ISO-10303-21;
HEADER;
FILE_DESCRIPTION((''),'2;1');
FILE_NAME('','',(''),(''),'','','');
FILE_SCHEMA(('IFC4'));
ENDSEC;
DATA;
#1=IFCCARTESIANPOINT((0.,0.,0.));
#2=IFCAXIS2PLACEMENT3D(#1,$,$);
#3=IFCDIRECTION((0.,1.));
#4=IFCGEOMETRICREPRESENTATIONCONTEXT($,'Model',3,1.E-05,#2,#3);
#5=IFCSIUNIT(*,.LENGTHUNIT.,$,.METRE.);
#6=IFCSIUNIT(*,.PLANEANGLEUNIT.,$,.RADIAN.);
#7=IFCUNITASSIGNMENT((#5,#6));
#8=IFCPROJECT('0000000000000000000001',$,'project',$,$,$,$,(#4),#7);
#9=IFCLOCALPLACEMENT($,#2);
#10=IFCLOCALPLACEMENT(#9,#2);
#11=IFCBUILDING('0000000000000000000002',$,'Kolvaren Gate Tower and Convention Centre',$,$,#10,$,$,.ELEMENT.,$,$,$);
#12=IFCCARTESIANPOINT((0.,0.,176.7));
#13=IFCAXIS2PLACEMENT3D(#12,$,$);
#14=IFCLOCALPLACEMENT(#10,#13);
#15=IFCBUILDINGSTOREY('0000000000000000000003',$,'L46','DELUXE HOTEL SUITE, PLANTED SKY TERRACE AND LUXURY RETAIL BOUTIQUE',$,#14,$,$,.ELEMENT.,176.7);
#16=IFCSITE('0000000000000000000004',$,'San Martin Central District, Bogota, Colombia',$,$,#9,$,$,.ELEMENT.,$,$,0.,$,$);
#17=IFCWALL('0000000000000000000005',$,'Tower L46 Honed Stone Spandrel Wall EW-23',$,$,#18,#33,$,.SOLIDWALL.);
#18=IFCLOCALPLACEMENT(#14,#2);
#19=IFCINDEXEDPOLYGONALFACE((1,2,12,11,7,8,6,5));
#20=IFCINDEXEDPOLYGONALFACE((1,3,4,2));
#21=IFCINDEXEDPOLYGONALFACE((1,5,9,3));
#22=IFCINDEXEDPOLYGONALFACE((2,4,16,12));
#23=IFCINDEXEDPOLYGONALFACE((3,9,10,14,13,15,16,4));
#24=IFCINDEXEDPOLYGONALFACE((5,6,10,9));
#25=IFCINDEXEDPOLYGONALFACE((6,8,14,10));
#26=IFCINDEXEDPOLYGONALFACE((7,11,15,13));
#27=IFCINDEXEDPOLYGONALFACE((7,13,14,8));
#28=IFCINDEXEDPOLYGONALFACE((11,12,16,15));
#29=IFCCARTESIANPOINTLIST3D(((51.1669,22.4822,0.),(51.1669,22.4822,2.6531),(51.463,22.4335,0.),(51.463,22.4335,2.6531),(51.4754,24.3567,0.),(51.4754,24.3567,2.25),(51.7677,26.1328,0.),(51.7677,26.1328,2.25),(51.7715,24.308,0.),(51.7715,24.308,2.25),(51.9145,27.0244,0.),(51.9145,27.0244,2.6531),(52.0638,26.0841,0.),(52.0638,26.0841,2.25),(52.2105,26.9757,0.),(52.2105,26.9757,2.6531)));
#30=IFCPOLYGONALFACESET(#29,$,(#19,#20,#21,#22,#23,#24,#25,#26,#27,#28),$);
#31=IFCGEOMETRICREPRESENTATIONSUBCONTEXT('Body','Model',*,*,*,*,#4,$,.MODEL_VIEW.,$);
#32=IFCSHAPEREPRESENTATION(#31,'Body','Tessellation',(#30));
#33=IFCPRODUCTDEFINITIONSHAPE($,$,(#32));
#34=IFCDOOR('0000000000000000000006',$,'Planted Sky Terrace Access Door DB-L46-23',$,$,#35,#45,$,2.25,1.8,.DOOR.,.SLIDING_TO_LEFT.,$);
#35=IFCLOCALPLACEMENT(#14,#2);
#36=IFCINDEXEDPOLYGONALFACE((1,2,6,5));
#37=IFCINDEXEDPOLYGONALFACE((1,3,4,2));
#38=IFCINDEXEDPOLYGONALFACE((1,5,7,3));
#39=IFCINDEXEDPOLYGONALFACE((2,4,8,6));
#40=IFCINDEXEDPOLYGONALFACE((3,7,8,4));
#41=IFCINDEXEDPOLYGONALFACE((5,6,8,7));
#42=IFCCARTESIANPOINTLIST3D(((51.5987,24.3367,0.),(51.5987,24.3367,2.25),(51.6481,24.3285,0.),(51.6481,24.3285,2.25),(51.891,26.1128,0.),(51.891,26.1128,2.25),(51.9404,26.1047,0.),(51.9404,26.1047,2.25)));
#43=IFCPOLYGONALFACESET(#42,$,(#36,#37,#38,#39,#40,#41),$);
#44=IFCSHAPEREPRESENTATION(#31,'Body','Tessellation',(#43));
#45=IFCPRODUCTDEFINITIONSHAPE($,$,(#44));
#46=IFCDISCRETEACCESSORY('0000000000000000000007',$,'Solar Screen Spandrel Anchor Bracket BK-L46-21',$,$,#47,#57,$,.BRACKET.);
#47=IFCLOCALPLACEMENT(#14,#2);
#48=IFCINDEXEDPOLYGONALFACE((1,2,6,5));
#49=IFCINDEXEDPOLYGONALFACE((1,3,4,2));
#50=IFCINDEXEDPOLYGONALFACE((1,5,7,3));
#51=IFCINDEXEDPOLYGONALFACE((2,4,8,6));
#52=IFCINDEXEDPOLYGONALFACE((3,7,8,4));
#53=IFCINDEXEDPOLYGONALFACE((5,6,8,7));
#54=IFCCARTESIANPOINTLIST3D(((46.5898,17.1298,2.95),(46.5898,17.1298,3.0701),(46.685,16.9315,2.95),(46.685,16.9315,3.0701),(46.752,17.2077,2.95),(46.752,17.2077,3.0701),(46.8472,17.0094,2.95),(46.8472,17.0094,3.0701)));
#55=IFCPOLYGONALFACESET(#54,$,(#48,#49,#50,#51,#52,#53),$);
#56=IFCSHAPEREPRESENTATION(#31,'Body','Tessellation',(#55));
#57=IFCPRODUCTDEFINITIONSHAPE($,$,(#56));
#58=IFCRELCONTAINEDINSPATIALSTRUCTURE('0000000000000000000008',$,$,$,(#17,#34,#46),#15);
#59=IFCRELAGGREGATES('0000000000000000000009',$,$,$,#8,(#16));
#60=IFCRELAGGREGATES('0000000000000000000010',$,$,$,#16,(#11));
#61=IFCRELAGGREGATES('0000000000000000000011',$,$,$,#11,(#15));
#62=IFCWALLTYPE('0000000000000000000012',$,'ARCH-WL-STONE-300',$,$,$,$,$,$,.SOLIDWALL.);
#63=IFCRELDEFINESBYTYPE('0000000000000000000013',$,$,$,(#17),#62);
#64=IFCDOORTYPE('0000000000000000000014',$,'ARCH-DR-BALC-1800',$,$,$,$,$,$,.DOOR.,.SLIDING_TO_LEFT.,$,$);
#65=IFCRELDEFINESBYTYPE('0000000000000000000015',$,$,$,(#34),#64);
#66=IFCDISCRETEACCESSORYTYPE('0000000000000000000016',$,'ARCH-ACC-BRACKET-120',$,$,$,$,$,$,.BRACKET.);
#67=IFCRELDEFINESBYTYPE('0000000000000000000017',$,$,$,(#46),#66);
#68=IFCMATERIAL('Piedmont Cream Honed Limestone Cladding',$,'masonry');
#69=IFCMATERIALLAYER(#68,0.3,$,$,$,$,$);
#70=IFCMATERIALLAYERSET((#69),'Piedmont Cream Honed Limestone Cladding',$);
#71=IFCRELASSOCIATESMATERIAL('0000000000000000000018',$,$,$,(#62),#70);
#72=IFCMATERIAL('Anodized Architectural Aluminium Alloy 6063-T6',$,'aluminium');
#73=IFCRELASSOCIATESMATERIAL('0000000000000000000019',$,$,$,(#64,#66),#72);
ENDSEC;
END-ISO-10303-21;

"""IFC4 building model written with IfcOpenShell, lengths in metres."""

from ifc_helpers import new_model, si_unit, direction, frame, frame_2d, origin, origin_2d, place, context, subcontext, project, spatial, rectangle, extrude, material, layer, layer_set, type_object, element, fill, save


model = new_model("IFC4")

# Units and contexts
model_context = context("Model", 3, precision=1e-05, world=origin(), true_north=direction((0.0, 1.0)))
body_context = subcontext(model_context, "Body", "Model", "MODEL_VIEW")
ifc_project = project(units=[si_unit("LENGTHUNIT", "METRE"), si_unit("PLANEANGLEUNIT", "RADIAN")], contexts=[model_context])

# Site, building, storey
site_placement = place(None, origin())
site = spatial("IfcSite", under=ifc_project, at=site_placement, Name="San Martin Central District, Bogota, Colombia", CompositionType="ELEMENT", RefElevation=0.0)
building_placement = place(site_placement, origin())
building = spatial("IfcBuilding", under=site, at=building_placement, Name="Kolvaren Gate Tower and Convention Centre", CompositionType="ELEMENT")
storey_placement = place(building_placement, frame((0.0, 0.0, 176.7)))
storey = spatial("IfcBuildingStorey", under=building, at=storey_placement, Name="L46", Description="DELUXE HOTEL SUITE, PLANTED SKY TERRACE AND LUXURY RETAIL BOUTIQUE", CompositionType="ELEMENT", Elevation=176.7)

# Shared definitions
ifc_material_1 = material(Name="Anodized Architectural Aluminium Alloy 6063-T6", Category="aluminium")

# Shared definitions
ifc_material_2 = material(Name="Piedmont Cream Honed Limestone Cladding", Category="masonry")

# Shared definitions
ifc_layer_1 = layer(ifc_material_2, 0.3)
ifc_layer_set_1 = layer_set([ifc_layer_1], Name="Piedmont Cream Honed Limestone Cladding")
wall_type_1 = type_object("IfcWallType", Name="ARCH-WL-STONE-300", PredefinedType="SOLIDWALL", material=ifc_layer_set_1)

# Wall, opening, door
wall_1_placement = place(storey_placement, frame((51.3149, 22.4578, 0.0), z_axis=(0.0, 0.0, 1.0), x_axis=(0.162395, 0.986726, 0.0)))
wall_1 = element("IfcWall", 1, at=wall_1_placement, inside=storey, type_object=wall_type_1, Name="Tower L46 Honed Stone Spandrel Wall EW-23", PredefinedType="SOLIDWALL", context=body_context, shape_type="SweptSolid", body=[
    extrude(rectangle(XDim=4.6033, YDim=0.3, at=frame_2d((2.3018, 0.0))), origin(), (0.0, 0.0, 1.0), 2.6531),
])
opening_1_placement = place(wall_1_placement, frame((1.8999, 0.0, 0.0)))
opening_1 = element("IfcOpeningElement", 2, at=opening_1_placement, cuts=wall_1, PredefinedType="OPENING", context=body_context, shape_type="SweptSolid", body=[
    extrude(rectangle(XDim=1.8, YDim=2.25, at=frame_2d((0.8999, 1.125))), frame((0.0, 0.1599, 0.0), z_axis=(0.0, -1.0, 0.0), x_axis=(1.0, 0.0, 0.0)), (0.0, 0.0, 1.0), 0.3201),
])
door_type = type_object("IfcDoorType", Name="ARCH-DR-BALC-1800", OperationType="SLIDING_TO_LEFT", PredefinedType="DOOR", material=ifc_material_1)
door_placement = place(opening_1_placement, frame((1.8, 0.0, 0.0), z_axis=(0.0, 0.0, 1.0), x_axis=(-1.0, 0.0, 0.0)))
door = element("IfcDoor", 3, at=door_placement, inside=storey, type_object=door_type, Name="Planted Sky Terrace Access Door DB-L46-23", OperationType="SLIDING_TO_LEFT", OverallHeight=2.25, OverallWidth=1.8, PredefinedType="DOOR", context=body_context, shape_type="SweptSolid", body=[
    extrude(rectangle(XDim=1.8, YDim=2.25, at=frame_2d((0.8999, 1.125))), frame((0.0, 0.0249, 0.0), z_axis=(0.0, -1.0, 0.0), x_axis=(1.0, 0.0, 0.0)), (0.0, 0.0, 1.0), 0.05),
])
fill(opening_1, door)

# Discrete accessory
discrete_accessory_type = type_object("IfcDiscreteAccessoryType", Name="ARCH-ACC-BRACKET-120", PredefinedType="BRACKET", material=ifc_material_1)
discrete_accessory_placement = place(storey_placement, frame((46.7185, 17.0696, 2.95), z_axis=(0.0, 0.0, 1.0), x_axis=(0.901358, 0.433074, 0.0)))
element("IfcDiscreteAccessory", 4, at=discrete_accessory_placement, inside=storey, type_object=discrete_accessory_type, Name="Solar Screen Spandrel Anchor Bracket BK-L46-21", PredefinedType="BRACKET", context=body_context, shape_type="SweptSolid", body=[
    extrude(rectangle(XDim=0.1799, YDim=0.22, at=origin_2d()), origin(), (0.0, 0.0, 1.0), 0.1201),
])

save(model, "model.ifc")
